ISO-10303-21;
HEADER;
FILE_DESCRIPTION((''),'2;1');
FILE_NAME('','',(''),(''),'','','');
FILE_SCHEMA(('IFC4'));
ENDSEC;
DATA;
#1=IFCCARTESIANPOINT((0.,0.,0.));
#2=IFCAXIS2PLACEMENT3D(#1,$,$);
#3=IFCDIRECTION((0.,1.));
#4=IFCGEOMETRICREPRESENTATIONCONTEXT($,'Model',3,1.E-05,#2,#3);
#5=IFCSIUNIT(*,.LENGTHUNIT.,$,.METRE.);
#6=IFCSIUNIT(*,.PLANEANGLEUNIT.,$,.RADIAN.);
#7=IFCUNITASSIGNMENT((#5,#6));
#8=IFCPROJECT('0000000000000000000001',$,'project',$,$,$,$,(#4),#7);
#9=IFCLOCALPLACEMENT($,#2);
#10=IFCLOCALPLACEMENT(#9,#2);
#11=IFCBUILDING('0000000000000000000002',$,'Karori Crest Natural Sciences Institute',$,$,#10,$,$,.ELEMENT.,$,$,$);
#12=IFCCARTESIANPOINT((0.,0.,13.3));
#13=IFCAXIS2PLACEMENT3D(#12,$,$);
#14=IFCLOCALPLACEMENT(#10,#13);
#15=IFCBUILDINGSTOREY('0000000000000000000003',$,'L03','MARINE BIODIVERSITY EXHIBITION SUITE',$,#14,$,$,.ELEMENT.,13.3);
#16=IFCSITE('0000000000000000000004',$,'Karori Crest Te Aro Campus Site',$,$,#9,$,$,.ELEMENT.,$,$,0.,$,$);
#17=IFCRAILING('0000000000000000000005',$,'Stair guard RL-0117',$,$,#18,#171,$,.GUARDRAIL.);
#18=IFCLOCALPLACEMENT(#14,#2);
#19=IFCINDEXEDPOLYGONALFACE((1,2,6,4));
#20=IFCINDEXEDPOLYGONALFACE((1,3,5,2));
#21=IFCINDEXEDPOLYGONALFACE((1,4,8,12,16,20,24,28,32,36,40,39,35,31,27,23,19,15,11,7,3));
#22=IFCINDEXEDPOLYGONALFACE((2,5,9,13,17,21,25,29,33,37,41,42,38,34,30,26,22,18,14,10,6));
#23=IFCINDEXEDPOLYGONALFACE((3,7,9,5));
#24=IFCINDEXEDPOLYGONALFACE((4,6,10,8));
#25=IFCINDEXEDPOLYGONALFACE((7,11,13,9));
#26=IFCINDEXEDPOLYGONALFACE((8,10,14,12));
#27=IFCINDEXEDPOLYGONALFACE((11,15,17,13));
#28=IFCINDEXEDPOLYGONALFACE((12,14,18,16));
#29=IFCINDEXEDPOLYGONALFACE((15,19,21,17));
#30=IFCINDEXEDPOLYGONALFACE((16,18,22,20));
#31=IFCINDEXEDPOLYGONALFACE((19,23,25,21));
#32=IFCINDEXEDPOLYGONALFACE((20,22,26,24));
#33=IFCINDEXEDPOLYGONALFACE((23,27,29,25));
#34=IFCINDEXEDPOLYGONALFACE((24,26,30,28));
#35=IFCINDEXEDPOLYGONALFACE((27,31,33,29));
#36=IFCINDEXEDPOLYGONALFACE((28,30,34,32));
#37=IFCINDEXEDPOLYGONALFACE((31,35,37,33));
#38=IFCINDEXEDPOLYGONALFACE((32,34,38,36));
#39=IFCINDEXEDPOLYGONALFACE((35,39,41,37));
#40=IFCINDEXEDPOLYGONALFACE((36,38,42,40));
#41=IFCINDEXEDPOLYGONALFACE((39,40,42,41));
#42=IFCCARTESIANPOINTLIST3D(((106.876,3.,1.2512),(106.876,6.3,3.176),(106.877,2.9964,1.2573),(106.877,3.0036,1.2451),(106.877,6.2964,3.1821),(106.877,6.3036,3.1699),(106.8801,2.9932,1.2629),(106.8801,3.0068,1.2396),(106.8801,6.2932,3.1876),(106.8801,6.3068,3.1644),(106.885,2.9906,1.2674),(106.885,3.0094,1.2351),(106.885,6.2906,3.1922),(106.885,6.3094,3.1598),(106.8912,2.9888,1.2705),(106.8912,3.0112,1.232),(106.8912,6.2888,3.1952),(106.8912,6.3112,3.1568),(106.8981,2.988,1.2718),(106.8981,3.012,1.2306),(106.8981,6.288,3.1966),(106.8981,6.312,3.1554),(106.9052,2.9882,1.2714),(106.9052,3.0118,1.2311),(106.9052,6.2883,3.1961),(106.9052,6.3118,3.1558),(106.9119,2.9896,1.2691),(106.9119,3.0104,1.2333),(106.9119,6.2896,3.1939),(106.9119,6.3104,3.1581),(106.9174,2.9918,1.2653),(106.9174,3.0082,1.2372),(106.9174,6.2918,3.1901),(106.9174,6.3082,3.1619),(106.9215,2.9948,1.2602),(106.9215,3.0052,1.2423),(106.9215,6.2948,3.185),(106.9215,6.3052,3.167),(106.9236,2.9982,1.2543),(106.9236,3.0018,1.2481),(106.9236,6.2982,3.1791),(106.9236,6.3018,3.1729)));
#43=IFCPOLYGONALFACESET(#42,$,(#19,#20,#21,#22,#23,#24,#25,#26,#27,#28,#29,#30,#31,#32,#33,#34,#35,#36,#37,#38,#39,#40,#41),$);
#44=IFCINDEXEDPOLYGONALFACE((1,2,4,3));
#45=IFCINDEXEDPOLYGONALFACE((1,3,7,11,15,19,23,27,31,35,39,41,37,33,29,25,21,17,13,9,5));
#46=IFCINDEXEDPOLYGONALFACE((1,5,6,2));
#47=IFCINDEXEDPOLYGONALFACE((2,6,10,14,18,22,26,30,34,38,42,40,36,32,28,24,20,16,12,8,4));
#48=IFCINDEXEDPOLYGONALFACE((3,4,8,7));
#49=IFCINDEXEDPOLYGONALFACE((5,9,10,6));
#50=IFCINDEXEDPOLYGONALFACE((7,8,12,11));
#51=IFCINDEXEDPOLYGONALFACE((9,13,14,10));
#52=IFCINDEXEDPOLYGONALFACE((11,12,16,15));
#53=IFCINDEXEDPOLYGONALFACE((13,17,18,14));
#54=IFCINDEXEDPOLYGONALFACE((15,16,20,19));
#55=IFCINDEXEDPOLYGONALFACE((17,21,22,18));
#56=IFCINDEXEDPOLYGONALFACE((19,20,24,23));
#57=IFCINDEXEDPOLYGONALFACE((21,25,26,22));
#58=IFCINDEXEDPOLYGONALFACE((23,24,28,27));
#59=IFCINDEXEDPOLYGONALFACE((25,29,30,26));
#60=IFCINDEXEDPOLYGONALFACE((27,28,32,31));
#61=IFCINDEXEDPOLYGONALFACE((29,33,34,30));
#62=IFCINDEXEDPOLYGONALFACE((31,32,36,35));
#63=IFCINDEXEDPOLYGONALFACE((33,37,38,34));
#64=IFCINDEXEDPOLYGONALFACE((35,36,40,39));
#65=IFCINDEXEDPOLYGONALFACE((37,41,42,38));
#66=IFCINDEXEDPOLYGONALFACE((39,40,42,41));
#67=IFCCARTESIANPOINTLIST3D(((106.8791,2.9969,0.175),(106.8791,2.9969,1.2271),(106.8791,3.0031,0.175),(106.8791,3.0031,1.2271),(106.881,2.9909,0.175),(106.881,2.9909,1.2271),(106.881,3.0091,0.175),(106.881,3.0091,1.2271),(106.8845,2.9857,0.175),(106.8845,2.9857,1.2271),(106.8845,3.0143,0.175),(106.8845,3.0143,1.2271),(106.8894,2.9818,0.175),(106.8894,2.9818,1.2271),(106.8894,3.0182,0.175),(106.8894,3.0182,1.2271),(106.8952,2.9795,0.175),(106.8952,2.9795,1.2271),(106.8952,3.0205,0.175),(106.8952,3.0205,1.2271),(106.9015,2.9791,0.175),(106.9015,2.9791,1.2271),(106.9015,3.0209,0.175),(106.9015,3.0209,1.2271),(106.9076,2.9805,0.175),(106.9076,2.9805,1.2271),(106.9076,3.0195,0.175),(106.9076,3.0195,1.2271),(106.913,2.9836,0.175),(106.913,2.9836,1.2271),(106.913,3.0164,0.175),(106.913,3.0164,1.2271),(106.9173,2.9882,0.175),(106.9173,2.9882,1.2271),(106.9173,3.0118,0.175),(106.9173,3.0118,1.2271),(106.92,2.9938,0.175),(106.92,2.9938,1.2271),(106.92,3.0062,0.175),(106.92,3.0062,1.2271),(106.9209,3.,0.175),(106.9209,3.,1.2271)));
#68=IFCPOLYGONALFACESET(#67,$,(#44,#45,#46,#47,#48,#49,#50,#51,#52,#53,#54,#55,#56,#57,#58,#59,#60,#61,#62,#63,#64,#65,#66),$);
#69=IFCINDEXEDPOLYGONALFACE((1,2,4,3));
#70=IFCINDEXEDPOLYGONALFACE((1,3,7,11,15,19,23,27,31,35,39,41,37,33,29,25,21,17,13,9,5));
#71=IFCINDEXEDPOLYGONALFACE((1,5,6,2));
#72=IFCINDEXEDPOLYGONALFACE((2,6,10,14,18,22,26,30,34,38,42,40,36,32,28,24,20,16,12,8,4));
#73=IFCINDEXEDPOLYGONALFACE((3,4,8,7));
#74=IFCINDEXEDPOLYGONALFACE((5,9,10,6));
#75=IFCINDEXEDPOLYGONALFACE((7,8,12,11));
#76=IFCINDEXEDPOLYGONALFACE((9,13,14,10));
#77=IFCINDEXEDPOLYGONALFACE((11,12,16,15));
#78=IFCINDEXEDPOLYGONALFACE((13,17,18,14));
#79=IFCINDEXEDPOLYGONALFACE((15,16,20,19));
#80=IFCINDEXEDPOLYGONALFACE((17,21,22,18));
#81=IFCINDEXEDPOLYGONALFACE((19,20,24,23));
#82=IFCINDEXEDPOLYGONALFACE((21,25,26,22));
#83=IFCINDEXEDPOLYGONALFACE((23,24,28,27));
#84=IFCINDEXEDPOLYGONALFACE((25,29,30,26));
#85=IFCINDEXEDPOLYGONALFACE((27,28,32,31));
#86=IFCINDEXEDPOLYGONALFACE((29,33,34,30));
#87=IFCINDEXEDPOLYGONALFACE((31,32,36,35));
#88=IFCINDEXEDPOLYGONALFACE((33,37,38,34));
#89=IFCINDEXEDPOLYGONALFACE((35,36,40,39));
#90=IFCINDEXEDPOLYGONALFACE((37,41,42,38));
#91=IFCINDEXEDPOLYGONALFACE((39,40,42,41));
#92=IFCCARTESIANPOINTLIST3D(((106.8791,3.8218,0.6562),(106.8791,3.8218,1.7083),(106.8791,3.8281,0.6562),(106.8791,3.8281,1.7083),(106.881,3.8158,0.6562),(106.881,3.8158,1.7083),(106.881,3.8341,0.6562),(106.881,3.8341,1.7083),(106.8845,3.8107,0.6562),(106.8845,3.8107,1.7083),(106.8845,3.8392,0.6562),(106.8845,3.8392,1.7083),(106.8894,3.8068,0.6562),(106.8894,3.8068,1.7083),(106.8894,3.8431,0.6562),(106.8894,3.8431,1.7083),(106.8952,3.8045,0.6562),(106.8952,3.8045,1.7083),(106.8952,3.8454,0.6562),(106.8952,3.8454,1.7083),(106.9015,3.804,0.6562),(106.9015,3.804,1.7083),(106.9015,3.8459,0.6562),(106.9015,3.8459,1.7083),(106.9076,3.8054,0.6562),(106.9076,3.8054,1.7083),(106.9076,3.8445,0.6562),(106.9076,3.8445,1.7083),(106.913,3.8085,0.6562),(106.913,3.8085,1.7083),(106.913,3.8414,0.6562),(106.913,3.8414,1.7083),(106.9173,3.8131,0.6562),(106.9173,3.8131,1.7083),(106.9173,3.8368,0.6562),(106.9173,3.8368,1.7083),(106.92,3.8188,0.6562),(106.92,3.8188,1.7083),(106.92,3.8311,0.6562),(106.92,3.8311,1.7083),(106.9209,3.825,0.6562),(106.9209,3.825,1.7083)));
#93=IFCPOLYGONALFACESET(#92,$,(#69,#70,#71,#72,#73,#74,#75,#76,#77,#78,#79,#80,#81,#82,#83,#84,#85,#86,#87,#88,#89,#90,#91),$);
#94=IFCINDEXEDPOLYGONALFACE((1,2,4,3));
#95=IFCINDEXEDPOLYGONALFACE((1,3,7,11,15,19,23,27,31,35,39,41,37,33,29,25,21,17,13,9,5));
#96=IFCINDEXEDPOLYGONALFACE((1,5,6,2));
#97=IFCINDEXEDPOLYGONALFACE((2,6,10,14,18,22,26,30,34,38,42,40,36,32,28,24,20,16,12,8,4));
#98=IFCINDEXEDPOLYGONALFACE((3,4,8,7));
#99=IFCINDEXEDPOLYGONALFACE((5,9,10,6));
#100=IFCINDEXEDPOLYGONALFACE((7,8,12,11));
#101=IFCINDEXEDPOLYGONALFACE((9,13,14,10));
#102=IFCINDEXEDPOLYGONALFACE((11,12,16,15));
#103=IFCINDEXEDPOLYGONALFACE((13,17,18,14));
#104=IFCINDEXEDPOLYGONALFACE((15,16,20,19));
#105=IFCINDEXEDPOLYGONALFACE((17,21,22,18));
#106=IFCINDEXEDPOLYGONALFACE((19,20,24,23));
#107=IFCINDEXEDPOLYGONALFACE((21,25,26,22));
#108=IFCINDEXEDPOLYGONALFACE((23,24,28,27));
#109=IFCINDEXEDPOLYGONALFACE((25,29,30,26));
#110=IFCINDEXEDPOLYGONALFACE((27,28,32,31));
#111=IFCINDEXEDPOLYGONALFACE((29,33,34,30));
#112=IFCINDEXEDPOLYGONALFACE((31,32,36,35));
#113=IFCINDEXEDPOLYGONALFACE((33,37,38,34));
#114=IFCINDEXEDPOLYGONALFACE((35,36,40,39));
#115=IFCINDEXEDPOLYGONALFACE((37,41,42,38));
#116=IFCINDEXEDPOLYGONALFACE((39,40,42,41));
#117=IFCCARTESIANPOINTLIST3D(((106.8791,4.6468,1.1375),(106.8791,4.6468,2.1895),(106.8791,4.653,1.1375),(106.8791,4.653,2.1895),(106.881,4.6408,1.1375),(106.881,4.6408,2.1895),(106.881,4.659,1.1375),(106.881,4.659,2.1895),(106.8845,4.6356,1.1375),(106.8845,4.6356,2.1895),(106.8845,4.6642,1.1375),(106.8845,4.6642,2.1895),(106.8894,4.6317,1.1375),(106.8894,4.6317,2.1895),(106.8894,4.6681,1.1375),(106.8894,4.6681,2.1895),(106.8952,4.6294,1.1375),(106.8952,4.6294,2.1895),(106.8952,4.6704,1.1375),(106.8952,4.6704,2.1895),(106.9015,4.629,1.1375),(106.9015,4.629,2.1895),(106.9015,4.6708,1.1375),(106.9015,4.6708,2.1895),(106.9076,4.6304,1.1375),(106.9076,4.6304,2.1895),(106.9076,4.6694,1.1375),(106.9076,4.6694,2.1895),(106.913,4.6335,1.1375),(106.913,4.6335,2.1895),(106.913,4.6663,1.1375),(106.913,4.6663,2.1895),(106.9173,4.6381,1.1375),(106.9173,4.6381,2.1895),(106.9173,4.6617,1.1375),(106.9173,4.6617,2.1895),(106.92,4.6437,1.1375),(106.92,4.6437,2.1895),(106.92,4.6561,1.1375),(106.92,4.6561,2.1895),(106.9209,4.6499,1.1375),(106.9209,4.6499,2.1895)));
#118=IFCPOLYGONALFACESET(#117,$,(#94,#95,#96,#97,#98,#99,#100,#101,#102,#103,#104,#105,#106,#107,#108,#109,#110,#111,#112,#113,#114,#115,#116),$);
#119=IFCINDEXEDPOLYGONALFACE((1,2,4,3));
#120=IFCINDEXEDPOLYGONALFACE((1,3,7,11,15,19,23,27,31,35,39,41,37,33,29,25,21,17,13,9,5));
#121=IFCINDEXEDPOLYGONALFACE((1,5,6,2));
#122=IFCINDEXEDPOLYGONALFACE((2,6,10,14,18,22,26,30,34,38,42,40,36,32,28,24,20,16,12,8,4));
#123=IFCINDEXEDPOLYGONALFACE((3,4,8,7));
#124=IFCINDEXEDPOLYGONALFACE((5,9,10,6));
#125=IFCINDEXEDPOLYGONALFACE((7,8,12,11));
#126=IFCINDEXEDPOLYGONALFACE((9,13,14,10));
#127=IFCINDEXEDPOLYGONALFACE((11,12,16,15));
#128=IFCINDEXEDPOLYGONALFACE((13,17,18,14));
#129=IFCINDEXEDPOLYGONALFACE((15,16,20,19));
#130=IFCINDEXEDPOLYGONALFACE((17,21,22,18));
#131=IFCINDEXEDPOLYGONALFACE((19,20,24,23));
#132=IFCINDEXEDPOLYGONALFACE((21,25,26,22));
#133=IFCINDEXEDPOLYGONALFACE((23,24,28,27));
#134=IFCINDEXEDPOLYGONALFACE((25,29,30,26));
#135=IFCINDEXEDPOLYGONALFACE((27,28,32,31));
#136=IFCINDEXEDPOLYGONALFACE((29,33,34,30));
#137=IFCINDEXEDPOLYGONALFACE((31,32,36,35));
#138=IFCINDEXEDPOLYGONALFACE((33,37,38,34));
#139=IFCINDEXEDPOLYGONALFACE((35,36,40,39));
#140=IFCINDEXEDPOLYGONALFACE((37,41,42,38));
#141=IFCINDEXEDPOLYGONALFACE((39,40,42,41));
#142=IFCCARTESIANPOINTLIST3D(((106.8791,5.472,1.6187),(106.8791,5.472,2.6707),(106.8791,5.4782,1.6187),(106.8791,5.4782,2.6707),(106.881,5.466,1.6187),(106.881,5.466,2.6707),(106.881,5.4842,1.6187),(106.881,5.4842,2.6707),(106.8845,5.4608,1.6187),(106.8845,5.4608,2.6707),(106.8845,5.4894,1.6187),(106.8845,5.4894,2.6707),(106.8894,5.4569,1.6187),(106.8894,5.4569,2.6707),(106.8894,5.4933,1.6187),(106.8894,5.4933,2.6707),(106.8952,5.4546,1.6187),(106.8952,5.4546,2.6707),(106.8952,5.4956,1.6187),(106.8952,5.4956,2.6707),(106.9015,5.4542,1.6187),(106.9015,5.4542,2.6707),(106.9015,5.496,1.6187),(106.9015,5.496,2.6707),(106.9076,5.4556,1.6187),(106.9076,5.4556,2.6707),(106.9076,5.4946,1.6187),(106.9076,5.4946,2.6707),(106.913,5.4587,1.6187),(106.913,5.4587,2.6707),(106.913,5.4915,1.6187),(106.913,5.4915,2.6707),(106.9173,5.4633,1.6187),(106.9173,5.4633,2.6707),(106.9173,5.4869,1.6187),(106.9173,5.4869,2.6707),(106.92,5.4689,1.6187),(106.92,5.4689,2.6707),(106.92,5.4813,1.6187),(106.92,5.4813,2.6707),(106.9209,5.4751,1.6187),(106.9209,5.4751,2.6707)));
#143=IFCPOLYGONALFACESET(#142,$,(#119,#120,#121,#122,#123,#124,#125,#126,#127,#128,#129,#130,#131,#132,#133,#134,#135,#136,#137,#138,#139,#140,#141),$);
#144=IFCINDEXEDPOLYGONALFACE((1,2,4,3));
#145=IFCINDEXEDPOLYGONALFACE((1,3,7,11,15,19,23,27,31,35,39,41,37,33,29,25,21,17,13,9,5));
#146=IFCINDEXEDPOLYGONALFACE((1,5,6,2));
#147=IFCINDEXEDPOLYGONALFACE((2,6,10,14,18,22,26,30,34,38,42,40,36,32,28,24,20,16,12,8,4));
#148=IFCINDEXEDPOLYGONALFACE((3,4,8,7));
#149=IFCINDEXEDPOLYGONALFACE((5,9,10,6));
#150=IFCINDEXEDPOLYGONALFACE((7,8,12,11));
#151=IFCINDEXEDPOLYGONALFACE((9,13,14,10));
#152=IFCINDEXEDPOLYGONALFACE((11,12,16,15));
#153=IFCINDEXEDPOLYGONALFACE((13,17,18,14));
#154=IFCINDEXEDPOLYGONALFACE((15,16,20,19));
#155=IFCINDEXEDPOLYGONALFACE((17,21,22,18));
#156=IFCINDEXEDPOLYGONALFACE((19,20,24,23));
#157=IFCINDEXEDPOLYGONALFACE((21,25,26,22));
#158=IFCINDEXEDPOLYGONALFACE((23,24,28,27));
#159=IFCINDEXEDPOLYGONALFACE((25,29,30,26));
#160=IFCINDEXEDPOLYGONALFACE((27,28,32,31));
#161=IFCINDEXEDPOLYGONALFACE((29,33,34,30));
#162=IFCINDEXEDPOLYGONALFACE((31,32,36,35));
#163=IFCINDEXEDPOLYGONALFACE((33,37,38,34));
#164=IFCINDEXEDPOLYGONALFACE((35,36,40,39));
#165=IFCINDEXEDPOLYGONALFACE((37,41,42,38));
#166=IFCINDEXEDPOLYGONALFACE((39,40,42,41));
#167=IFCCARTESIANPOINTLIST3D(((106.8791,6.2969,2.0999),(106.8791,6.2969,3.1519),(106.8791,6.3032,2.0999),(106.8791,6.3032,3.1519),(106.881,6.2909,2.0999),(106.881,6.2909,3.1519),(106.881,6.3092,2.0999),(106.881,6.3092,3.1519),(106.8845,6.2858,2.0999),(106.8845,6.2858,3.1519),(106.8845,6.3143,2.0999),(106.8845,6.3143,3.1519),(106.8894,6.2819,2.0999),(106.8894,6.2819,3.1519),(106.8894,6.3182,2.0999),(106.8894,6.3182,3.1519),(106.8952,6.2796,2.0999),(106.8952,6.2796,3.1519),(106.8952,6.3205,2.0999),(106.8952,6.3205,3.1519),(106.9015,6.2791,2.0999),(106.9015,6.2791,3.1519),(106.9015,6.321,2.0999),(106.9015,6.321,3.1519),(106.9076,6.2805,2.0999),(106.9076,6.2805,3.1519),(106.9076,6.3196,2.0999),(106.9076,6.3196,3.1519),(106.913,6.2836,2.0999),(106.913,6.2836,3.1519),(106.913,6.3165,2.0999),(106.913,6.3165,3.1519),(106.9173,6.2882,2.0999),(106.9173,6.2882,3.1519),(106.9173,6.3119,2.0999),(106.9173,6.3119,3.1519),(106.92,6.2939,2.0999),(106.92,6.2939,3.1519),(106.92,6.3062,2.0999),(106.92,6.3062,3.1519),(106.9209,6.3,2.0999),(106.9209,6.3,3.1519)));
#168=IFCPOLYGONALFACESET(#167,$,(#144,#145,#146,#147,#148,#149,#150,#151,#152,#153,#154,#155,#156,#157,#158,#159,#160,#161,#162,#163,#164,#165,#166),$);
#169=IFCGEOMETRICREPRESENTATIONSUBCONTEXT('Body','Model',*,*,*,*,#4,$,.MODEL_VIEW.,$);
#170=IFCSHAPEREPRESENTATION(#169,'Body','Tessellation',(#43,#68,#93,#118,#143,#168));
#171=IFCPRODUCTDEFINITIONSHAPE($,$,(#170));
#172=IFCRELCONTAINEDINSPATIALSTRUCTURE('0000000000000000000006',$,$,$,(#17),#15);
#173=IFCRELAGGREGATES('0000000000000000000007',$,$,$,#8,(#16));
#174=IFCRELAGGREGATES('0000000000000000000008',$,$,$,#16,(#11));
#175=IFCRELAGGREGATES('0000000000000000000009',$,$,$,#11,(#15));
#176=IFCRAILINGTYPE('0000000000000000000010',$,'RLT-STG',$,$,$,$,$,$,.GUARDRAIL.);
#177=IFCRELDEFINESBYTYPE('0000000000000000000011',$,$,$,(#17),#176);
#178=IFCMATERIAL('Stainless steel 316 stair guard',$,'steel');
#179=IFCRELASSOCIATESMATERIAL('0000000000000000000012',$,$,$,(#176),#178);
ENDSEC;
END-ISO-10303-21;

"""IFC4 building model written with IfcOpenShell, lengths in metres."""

from ifc_helpers import new_model, si_unit, direction, frame, origin, origin_2d, place, context, subcontext, project, spatial, circle, extrude, material, type_object, element, save


model = new_model("IFC4")

# Units and contexts
model_context = context("Model", 3, precision=1e-05, world=origin(), true_north=direction((0.0, 1.0)))
body_context = subcontext(model_context, "Body", "Model", "MODEL_VIEW")
ifc_project = project(units=[si_unit("LENGTHUNIT", "METRE"), si_unit("PLANEANGLEUNIT", "RADIAN")], contexts=[model_context])

# Site, building, storey
site_placement = place(None, origin())
site = spatial("IfcSite", under=ifc_project, at=site_placement, Name="Karori Crest Te Aro Campus Site", CompositionType="ELEMENT", RefElevation=0.0)
building_placement = place(site_placement, origin())
building = spatial("IfcBuilding", under=site, at=building_placement, Name="Karori Crest Natural Sciences Institute", CompositionType="ELEMENT")
storey_placement = place(building_placement, frame((0.0, 0.0, 13.3)))
storey = spatial("IfcBuildingStorey", under=building, at=storey_placement, Name="L03", Description="MARINE BIODIVERSITY EXHIBITION SUITE", CompositionType="ELEMENT", Elevation=13.3)

# Railing
ifc_material_1 = material(Name="Stainless steel 316 stair guard", Category="steel")
railing_type_1 = type_object("IfcRailingType", Name="RLT-STG", PredefinedType="GUARDRAIL", material=ifc_material_1)
railing_1_placement = place(storey_placement, frame((106.8999, 3.0, 0.175)))
element("IfcRailing", 1, at=railing_1_placement, inside=storey, type_object=railing_type_1, Name="Stair guard RL-0117", PredefinedType="GUARDRAIL", context=body_context, shape_type="SweptSolid", body=[
    extrude(circle(Radius=0.0239, at=origin_2d()), frame((0.0, 0.0, 1.0762), z_axis=(0.0, 0.863804, 0.503827), x_axis=(-1.0, 0.0, 0.0)), (0.0, 0.0, 1.0), 3.8203),
    extrude(circle(Radius=0.021, at=origin_2d()), origin(), (0.0, 0.0, 1.0), 1.052),
    extrude(circle(Radius=0.021, at=origin_2d()), frame((0.0, 0.825, 0.4812)), (0.0, 0.0, 1.0), 1.052),
    extrude(circle(Radius=0.021, at=origin_2d()), frame((0.0, 1.6499, 0.9624)), (0.0, 0.0, 1.0), 1.052),
    extrude(circle(Radius=0.021, at=origin_2d()), frame((0.0, 2.4751, 1.4436)), (0.0, 0.0, 1.0), 1.052),
    extrude(circle(Radius=0.021, at=origin_2d()), frame((0.0, 3.3, 1.9248)), (0.0, 0.0, 1.0), 1.052),
])

save(model, "model.ifc")
